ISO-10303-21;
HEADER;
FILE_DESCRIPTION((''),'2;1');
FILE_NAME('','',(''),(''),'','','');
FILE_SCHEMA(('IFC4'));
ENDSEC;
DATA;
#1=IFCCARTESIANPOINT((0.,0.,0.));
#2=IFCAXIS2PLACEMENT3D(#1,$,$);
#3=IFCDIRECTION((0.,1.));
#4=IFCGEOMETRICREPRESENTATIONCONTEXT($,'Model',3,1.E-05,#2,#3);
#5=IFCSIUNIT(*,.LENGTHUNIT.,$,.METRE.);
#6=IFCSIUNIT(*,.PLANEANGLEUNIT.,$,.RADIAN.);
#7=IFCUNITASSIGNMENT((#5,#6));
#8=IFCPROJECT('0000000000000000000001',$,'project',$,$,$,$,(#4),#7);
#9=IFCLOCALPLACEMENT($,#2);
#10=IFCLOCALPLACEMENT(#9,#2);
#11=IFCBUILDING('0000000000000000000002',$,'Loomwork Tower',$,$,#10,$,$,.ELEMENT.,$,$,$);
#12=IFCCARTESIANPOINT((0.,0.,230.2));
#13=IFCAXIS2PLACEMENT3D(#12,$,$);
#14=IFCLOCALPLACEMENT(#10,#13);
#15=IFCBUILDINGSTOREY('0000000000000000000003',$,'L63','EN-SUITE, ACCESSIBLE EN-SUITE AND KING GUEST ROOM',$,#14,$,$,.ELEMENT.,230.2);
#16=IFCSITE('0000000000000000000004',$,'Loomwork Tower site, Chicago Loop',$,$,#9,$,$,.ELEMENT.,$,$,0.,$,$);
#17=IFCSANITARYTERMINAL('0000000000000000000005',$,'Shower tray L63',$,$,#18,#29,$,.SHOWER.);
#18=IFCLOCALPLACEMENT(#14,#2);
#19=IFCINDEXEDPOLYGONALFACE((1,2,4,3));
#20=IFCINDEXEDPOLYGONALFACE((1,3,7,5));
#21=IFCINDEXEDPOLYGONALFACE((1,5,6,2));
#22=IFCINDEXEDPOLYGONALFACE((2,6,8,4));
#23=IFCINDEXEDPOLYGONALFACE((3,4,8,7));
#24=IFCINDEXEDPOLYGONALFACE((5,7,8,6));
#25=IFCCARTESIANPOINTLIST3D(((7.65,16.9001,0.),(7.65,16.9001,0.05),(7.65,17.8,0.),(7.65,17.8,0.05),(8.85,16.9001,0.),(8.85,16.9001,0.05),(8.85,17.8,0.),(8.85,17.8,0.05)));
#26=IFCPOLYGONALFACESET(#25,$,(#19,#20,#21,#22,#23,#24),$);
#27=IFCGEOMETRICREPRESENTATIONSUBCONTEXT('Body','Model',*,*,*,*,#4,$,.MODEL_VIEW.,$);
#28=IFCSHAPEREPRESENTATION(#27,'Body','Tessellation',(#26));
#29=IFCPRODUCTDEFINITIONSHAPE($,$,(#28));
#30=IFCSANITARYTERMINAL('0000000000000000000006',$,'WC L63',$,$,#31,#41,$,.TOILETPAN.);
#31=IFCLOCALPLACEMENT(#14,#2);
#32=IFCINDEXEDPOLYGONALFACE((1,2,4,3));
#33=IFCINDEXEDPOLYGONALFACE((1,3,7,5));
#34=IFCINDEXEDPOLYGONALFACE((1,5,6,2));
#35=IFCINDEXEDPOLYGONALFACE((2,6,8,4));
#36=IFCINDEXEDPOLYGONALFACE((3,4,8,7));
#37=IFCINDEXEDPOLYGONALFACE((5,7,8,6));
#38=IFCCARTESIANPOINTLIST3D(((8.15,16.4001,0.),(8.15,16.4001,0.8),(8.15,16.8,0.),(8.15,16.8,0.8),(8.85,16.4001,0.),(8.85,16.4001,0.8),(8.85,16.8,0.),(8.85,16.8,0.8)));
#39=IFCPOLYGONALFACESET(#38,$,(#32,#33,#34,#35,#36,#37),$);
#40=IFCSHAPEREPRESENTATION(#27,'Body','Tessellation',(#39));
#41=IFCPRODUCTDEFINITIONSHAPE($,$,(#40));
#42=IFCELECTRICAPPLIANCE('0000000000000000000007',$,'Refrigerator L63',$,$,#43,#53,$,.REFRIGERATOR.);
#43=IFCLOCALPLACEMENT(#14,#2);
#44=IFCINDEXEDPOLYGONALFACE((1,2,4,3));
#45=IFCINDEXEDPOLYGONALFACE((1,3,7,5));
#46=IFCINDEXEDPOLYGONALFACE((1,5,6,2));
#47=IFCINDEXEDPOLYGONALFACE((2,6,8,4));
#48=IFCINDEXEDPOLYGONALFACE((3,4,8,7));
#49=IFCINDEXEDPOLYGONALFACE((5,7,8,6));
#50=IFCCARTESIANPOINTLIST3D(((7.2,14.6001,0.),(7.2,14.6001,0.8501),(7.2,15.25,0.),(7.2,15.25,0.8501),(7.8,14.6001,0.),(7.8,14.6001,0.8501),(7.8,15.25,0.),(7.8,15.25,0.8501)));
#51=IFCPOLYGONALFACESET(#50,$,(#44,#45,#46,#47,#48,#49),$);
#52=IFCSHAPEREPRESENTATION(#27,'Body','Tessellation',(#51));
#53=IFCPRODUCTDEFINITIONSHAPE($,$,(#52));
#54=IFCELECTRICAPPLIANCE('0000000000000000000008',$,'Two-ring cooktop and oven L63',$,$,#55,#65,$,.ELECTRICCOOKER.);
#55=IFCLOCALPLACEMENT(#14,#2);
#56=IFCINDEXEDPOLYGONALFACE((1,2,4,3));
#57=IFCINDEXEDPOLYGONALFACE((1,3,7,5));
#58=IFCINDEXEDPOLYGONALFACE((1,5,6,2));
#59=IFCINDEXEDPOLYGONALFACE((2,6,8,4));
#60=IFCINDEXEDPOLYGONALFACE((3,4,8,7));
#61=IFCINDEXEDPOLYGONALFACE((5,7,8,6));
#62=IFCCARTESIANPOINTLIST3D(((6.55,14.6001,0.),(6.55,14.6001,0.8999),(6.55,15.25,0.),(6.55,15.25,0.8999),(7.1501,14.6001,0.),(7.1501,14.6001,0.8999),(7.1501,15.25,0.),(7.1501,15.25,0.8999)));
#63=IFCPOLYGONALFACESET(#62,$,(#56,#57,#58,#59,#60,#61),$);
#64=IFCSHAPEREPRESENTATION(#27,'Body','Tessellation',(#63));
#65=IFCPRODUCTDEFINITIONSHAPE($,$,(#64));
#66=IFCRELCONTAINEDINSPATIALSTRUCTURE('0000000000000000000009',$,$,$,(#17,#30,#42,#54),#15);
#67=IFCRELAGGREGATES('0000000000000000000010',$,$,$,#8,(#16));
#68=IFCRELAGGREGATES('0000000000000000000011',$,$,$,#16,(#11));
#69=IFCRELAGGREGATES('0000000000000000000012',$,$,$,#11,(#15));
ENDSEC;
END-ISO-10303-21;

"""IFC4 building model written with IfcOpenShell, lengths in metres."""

from ifc_helpers import new_model, si_unit, direction, frame, origin, origin_2d, place, context, subcontext, project, spatial, rectangle, extrude, element, save


model = new_model("IFC4")

# Units and contexts
model_context = context("Model", 3, precision=1e-05, world=origin(), true_north=direction((0.0, 1.0)))
body_context = subcontext(model_context, "Body", "Model", "MODEL_VIEW")
ifc_project = project(units=[si_unit("LENGTHUNIT", "METRE"), si_unit("PLANEANGLEUNIT", "RADIAN")], contexts=[model_context])

# Site, building, storey
site_placement = place(None, origin())
site = spatial("IfcSite", under=ifc_project, at=site_placement, Name="Loomwork Tower site, Chicago Loop", CompositionType="ELEMENT", RefElevation=0.0)
building_placement = place(site_placement, origin())
building = spatial("IfcBuilding", under=site, at=building_placement, Name="Loomwork Tower", CompositionType="ELEMENT")
storey_placement = place(building_placement, frame((0.0, 0.0, 230.2)))
storey = spatial("IfcBuildingStorey", under=building, at=storey_placement, Name="L63", Description="EN-SUITE, ACCESSIBLE EN-SUITE AND KING GUEST ROOM", CompositionType="ELEMENT", Elevation=230.2)

# Sanitary terminals
sanitary_terminal_1_placement = place(storey_placement, frame((8.25, 17.3501, 0.0), z_axis=(0.0, 0.0, 1.0), x_axis=(1.0, 0.0, 0.0)))
element("IfcSanitaryTerminal", 1, at=sanitary_terminal_1_placement, inside=storey, Name="Shower tray L63", PredefinedType="SHOWER", context=body_context, shape_type="SweptSolid", body=[
    extrude(rectangle(XDim=1.2, YDim=0.8999, at=origin_2d()), origin(), (0.0, 0.0, 1.0), 0.05),
])
sanitary_terminal_2_placement = place(storey_placement, frame((8.5, 16.6001, 0.0), z_axis=(0.0, 0.0, 1.0), x_axis=(1.0, 0.0, 0.0)))
element("IfcSanitaryTerminal", 2, at=sanitary_terminal_2_placement, inside=storey, Name="WC L63", PredefinedType="TOILETPAN", context=body_context, shape_type="SweptSolid", body=[
    extrude(rectangle(XDim=0.7, YDim=0.3999, at=origin_2d()), origin(), (0.0, 0.0, 1.0), 0.8),
])

# Electric appliances
electric_appliance_1_placement = place(storey_placement, frame((7.5, 14.925, 0.0), z_axis=(0.0, 0.0, 1.0), x_axis=(1.0, 0.0, 0.0)))
element("IfcElectricAppliance", 3, at=electric_appliance_1_placement, inside=storey, Name="Refrigerator L63", PredefinedType="REFRIGERATOR", context=body_context, shape_type="SweptSolid", body=[
    extrude(rectangle(XDim=0.6001, YDim=0.6499, at=origin_2d()), origin(), (0.0, 0.0, 1.0), 0.8501),
])
electric_appliance_2_placement = place(storey_placement, frame((6.8501, 14.925, 0.0), z_axis=(0.0, 0.0, 1.0), x_axis=(1.0, 0.0, 0.0)))
element("IfcElectricAppliance", 4, at=electric_appliance_2_placement, inside=storey, Name="Two-ring cooktop and oven L63", PredefinedType="ELECTRICCOOKER", context=body_context, shape_type="SweptSolid", body=[
    extrude(rectangle(XDim=0.6001, YDim=0.6499, at=origin_2d()), origin(), (0.0, 0.0, 1.0), 0.8999),
])

save(model, "model.ifc")
